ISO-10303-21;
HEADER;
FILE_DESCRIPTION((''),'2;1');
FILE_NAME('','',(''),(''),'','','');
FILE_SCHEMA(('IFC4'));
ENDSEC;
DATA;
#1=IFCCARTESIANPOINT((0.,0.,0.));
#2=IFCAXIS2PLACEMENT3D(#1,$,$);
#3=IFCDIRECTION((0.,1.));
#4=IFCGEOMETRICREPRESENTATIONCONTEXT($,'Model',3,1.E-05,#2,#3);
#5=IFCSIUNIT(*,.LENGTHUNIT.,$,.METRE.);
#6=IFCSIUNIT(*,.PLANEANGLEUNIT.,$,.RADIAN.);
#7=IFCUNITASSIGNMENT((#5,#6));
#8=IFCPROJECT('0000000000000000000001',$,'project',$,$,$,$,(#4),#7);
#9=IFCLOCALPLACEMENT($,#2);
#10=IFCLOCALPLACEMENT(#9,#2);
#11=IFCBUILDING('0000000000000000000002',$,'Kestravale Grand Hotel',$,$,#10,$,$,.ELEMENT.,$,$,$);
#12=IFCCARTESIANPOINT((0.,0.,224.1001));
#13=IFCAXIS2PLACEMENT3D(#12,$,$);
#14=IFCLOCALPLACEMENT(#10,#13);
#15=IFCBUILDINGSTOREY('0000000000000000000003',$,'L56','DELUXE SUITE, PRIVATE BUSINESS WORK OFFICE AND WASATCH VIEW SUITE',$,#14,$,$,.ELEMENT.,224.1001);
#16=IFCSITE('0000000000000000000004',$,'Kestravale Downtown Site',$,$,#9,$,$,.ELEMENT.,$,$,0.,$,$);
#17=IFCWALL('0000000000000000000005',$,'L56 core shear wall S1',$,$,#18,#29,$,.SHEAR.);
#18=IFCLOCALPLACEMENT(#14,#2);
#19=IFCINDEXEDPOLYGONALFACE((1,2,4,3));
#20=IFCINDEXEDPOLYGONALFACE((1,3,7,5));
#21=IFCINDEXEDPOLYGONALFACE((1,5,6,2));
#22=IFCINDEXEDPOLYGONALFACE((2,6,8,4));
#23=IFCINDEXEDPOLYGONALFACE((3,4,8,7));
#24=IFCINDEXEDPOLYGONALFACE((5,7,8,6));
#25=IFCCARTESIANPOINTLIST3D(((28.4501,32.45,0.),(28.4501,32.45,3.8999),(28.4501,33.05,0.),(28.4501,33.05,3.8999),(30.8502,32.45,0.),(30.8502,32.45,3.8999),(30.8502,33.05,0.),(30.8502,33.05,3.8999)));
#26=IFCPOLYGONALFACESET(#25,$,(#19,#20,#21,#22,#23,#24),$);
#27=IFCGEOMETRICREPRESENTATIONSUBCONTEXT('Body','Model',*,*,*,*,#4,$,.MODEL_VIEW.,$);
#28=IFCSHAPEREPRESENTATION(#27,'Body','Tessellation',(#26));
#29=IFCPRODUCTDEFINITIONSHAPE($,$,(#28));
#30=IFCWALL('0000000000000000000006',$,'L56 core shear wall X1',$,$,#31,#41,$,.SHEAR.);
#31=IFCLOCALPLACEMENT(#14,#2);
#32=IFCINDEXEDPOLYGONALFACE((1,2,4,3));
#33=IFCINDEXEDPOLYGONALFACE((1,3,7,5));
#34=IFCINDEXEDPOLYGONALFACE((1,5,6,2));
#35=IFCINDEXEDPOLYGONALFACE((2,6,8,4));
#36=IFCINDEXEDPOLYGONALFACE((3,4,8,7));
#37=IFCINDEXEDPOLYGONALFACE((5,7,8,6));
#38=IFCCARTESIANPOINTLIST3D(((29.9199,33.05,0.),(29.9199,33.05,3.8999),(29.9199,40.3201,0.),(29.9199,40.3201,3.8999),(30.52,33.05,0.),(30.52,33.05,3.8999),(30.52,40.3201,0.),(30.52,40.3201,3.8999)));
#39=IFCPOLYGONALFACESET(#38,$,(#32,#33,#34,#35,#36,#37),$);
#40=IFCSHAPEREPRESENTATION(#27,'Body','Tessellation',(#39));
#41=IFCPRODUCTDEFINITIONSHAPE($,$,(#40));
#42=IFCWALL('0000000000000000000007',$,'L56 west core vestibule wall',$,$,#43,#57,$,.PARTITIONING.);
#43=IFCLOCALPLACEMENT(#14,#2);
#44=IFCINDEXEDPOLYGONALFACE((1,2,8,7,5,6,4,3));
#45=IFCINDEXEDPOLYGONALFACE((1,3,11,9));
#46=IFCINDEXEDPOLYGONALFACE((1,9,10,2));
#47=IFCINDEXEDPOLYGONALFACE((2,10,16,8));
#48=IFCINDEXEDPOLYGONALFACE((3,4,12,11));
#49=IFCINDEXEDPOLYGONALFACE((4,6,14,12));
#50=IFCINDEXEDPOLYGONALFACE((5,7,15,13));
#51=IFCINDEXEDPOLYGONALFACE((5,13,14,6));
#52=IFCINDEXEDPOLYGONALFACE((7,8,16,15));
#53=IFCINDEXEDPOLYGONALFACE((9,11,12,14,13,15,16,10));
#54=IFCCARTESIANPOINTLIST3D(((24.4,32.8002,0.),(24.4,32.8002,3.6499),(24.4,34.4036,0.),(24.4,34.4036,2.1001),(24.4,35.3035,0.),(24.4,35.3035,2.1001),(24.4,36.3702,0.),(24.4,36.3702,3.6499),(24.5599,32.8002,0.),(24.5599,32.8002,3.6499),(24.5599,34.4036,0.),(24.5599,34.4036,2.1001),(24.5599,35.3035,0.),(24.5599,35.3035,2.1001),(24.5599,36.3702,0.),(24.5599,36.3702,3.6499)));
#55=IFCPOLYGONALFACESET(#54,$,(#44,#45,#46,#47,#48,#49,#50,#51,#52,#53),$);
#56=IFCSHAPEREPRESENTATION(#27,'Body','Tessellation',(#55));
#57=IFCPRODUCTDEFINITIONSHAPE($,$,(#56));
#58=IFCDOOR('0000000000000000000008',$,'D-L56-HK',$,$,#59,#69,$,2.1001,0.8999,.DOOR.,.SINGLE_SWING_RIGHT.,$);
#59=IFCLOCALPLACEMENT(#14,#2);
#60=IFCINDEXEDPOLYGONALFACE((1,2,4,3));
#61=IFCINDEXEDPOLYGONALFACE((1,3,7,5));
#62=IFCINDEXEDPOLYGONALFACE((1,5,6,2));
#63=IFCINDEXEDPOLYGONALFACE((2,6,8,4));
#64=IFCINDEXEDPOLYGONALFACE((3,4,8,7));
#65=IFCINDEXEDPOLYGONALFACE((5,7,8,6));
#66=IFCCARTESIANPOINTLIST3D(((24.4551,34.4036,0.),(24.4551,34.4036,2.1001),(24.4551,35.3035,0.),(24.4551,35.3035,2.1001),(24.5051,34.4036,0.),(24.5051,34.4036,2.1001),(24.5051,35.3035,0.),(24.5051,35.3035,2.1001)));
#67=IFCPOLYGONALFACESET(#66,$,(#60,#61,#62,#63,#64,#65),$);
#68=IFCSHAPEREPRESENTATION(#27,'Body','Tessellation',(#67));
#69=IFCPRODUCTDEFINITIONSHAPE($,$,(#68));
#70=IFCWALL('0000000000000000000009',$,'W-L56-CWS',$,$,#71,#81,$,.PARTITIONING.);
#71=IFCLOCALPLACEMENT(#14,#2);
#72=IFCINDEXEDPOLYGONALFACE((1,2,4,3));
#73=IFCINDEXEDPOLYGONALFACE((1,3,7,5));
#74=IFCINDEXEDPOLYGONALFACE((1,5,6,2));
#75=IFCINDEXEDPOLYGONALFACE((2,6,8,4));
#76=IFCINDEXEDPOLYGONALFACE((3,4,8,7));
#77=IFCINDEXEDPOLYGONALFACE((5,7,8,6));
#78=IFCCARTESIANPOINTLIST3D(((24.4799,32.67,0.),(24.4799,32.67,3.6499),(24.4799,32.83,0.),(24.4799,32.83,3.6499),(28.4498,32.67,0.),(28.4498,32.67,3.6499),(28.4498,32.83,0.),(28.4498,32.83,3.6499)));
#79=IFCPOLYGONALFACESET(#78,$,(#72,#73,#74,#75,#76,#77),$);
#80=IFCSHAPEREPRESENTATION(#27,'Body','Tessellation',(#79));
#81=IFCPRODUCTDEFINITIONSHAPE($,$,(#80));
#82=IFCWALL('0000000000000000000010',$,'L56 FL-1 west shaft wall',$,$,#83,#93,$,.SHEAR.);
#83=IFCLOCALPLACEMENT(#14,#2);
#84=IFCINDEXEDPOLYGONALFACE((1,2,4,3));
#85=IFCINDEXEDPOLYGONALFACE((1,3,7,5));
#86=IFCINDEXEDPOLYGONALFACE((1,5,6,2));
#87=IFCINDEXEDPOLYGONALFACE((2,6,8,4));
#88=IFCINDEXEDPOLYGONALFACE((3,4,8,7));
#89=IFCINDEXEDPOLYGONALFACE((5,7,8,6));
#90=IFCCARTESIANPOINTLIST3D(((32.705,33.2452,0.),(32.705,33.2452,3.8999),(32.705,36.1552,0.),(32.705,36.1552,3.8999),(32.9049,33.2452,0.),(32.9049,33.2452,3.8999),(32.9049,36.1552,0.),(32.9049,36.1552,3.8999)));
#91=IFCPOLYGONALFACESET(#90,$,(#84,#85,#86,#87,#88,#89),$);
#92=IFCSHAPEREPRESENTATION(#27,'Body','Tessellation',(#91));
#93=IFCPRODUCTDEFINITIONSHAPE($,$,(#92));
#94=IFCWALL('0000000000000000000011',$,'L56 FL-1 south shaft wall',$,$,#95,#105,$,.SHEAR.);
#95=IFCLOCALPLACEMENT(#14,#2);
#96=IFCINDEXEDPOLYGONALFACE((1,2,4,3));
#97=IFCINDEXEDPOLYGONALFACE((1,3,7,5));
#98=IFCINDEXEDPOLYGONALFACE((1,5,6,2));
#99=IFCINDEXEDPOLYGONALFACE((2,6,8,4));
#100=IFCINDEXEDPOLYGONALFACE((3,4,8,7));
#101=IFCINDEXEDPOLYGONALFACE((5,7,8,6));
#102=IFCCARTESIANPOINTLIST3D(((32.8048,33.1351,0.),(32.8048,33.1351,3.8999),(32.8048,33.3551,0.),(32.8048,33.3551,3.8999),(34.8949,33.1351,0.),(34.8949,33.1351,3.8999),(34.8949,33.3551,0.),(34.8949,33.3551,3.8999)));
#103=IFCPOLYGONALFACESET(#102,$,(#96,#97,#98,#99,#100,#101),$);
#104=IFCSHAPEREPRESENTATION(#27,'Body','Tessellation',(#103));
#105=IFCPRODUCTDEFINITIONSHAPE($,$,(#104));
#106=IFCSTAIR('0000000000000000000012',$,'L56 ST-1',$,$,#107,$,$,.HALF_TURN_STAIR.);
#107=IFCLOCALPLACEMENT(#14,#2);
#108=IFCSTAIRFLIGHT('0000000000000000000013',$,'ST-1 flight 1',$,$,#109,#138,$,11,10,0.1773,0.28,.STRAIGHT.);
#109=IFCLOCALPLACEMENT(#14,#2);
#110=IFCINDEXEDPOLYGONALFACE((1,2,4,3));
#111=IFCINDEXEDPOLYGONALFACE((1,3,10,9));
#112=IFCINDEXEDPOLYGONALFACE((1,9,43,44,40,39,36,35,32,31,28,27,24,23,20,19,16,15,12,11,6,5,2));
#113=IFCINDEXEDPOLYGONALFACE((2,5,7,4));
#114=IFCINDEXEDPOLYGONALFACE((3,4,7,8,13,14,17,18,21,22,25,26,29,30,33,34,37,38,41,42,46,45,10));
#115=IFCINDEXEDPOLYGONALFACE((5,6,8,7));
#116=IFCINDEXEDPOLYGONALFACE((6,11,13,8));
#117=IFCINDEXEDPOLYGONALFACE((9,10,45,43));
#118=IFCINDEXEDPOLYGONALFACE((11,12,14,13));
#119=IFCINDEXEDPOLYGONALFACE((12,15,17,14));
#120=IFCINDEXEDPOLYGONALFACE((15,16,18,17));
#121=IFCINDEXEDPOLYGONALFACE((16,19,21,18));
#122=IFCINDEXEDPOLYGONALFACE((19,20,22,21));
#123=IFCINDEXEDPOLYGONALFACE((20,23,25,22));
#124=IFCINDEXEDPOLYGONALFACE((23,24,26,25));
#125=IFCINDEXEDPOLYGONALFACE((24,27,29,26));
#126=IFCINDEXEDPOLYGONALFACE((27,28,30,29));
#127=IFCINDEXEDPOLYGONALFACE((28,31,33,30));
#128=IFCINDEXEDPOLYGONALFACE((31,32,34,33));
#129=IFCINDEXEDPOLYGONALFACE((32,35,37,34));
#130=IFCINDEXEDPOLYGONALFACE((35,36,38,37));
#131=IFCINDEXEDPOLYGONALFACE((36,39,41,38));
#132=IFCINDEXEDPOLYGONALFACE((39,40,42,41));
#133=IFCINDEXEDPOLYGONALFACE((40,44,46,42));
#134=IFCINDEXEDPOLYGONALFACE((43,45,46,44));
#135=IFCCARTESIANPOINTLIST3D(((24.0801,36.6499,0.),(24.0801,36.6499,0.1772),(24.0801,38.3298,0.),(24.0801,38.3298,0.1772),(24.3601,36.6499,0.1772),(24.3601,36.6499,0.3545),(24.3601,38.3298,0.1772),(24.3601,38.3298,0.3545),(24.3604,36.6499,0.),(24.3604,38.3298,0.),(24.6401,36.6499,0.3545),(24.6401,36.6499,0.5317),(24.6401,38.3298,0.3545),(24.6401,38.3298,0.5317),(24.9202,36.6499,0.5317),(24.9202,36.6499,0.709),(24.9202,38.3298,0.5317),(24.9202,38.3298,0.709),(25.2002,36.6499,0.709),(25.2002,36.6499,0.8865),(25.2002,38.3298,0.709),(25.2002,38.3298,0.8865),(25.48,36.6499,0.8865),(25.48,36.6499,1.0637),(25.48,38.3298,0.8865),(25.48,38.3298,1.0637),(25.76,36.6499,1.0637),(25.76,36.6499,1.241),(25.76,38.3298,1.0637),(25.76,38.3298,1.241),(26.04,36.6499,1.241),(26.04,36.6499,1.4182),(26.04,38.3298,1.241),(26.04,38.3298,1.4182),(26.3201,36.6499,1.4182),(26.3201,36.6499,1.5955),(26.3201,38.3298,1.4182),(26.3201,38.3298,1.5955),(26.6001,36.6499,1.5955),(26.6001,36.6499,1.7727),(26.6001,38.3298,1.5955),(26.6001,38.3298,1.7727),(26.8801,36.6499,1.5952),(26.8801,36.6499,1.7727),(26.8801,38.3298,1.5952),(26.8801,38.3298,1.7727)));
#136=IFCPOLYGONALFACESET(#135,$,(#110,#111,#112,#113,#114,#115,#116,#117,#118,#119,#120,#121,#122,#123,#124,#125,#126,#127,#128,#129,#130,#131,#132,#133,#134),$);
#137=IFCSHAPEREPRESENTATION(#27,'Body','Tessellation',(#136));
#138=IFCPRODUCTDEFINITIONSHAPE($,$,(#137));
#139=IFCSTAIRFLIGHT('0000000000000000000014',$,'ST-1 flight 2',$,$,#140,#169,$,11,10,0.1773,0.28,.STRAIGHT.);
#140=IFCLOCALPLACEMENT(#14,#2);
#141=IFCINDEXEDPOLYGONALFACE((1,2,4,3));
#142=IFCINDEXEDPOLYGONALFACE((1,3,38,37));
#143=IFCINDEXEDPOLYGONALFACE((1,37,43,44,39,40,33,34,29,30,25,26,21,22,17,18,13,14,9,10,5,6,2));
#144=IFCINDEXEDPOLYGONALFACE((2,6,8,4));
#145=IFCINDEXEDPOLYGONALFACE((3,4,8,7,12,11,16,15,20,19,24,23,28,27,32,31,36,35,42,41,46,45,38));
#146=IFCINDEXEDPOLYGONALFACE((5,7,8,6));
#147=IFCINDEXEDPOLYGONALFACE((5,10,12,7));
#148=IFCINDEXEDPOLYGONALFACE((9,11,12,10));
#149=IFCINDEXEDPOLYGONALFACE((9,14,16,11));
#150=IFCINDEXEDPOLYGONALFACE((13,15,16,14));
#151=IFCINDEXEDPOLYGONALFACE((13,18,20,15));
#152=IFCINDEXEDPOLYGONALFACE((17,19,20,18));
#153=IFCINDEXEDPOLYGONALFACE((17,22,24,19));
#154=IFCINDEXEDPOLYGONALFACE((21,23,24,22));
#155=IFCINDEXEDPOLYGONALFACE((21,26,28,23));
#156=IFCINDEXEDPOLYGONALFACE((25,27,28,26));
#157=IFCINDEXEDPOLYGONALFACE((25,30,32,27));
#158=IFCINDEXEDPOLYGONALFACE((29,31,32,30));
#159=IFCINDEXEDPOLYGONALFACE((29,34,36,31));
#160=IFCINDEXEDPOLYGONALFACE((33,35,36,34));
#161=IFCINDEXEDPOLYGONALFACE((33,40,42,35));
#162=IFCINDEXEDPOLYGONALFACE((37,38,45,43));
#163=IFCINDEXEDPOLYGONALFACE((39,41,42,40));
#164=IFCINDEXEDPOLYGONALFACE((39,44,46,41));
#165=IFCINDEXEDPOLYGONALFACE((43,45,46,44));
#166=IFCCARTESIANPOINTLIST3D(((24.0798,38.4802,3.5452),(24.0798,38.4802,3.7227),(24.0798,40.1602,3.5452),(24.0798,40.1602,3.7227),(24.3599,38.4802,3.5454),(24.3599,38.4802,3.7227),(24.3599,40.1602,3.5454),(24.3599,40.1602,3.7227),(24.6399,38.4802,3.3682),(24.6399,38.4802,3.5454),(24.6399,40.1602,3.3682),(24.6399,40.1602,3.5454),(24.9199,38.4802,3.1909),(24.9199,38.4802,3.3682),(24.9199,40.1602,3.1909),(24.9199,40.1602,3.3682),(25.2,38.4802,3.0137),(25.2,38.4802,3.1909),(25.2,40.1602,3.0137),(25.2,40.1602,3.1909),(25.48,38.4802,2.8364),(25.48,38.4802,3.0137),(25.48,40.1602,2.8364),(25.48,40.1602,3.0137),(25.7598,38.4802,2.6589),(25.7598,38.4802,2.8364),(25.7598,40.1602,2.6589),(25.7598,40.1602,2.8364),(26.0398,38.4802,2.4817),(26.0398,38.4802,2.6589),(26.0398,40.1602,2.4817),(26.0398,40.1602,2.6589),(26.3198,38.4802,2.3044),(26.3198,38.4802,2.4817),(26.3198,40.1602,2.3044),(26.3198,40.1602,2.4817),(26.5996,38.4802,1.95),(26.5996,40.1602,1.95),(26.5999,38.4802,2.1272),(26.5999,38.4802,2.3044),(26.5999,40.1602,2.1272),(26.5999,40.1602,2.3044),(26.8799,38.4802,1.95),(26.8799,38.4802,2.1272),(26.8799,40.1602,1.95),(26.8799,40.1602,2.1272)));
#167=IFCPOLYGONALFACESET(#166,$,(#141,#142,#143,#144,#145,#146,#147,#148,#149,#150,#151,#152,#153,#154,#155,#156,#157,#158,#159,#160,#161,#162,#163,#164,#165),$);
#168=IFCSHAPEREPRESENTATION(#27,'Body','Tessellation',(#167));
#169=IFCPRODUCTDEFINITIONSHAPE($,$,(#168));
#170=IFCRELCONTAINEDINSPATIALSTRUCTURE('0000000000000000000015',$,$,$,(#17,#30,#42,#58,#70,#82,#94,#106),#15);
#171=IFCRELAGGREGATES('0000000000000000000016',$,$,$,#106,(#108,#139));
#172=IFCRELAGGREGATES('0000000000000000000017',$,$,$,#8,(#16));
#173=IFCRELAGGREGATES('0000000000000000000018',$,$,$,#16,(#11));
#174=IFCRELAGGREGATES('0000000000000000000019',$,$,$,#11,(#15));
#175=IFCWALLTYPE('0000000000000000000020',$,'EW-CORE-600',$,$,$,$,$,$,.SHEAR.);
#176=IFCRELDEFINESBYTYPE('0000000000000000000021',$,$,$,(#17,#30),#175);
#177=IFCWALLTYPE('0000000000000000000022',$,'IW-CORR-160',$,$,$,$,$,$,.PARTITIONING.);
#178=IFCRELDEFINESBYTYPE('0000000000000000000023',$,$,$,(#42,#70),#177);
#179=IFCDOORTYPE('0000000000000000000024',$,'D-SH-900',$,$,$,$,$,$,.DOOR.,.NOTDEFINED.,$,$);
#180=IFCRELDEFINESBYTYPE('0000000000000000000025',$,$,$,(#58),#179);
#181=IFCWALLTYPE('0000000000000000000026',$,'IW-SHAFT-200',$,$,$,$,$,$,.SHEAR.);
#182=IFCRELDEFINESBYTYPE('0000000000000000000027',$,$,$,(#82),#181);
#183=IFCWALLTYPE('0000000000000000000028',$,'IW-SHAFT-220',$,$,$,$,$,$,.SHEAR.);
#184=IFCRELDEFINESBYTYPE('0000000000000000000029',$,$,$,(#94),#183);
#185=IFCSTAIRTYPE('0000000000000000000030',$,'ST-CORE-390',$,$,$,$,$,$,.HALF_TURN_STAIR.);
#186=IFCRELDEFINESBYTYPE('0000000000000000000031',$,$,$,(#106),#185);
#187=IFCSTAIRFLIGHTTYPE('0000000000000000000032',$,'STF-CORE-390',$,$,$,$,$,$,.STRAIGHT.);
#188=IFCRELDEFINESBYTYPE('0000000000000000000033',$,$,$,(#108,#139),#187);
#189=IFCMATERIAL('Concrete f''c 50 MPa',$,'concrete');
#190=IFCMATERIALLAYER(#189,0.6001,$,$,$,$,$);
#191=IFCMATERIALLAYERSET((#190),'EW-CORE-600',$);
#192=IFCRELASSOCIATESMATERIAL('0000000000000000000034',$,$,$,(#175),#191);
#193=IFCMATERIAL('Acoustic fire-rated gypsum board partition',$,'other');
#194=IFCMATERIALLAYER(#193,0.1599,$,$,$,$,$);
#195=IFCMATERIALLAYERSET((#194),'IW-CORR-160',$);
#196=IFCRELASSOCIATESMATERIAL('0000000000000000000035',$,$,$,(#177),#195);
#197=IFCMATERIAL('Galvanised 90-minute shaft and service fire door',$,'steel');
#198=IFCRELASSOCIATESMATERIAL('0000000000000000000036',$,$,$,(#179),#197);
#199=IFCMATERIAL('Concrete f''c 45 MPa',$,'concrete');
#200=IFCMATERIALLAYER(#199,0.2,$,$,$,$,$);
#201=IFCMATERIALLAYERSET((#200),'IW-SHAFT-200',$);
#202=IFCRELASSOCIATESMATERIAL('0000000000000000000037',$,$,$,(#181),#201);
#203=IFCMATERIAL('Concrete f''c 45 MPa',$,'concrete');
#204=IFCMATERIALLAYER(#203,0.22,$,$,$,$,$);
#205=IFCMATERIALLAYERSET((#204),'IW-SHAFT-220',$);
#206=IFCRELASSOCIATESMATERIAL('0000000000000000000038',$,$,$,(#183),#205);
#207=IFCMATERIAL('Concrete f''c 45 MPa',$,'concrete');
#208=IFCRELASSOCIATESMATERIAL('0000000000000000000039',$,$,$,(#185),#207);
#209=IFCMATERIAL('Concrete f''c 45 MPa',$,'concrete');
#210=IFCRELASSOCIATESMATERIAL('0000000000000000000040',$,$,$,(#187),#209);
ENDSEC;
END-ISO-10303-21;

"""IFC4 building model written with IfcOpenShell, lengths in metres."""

from ifc_helpers import new_model, si_unit, direction, frame, frame_2d, origin, place, context, subcontext, project, spatial, polyline, rectangle, outline, extrude, material, layer, layer_set, type_object, element, fill, aggregate, save


model = new_model("IFC4")

# Units and contexts
model_context = context("Model", 3, precision=1e-05, world=origin(), true_north=direction((0.0, 1.0)))
body_context = subcontext(model_context, "Body", "Model", "MODEL_VIEW")
ifc_project = project(units=[si_unit("LENGTHUNIT", "METRE"), si_unit("PLANEANGLEUNIT", "RADIAN")], contexts=[model_context])

# Site, building, storey
site_placement = place(None, origin())
site = spatial("IfcSite", under=ifc_project, at=site_placement, Name="Kestravale Downtown Site", CompositionType="ELEMENT", RefElevation=0.0)
building_placement = place(site_placement, origin())
building = spatial("IfcBuilding", under=site, at=building_placement, Name="Kestravale Grand Hotel", CompositionType="ELEMENT")
storey_placement = place(building_placement, frame((0.0, 0.0, 224.1001)))
storey = spatial("IfcBuildingStorey", under=building, at=storey_placement, Name="L56", Description="DELUXE SUITE, PRIVATE BUSINESS WORK OFFICE AND WASATCH VIEW SUITE", CompositionType="ELEMENT", Elevation=224.1001)

# Walls
ifc_material_1 = material(Name="Concrete f'c 50 MPa", Category="concrete")
ifc_layer_1 = layer(ifc_material_1, 0.6001)
ifc_layer_set_1 = layer_set([ifc_layer_1], Name="EW-CORE-600")
wall_type_1 = type_object("IfcWallType", Name="EW-CORE-600", PredefinedType="SHEAR", material=ifc_layer_set_1)
wall_1_placement = place(storey_placement, frame((28.45, 32.75, 0.0), z_axis=(0.0, 0.0, 1.0), x_axis=(1.0, 0.0, 0.0)))
element("IfcWall", 1, at=wall_1_placement, inside=storey, type_object=wall_type_1, Name="L56 core shear wall S1", PredefinedType="SHEAR", context=body_context, shape_type="SweptSolid", body=[
    extrude(rectangle(XDim=2.4001, YDim=0.6001, at=frame_2d((1.2002, 0.0))), origin(), (0.0, 0.0, 1.0), 3.8999),
])
wall_2_placement = place(storey_placement, frame((30.22, 33.05, 0.0), z_axis=(0.0, 0.0, 1.0), x_axis=(0.0, 1.0, 0.0)))
element("IfcWall", 2, at=wall_2_placement, inside=storey, type_object=wall_type_1, Name="L56 core shear wall X1", PredefinedType="SHEAR", context=body_context, shape_type="SweptSolid", body=[
    extrude(rectangle(XDim=7.27, YDim=0.6001, at=frame_2d((3.635, 0.0))), origin(), (0.0, 0.0, 1.0), 3.8999),
])

# Wall, opening, door
ifc_material_2 = material(Name="Acoustic fire-rated gypsum board partition", Category="other")
ifc_layer_2 = layer(ifc_material_2, 0.1599)
ifc_layer_set_2 = layer_set([ifc_layer_2], Name="IW-CORR-160")
wall_type_2 = type_object("IfcWallType", Name="IW-CORR-160", PredefinedType="PARTITIONING", material=ifc_layer_set_2)
wall_3_placement = place(storey_placement, frame((24.48, 32.8, 0.0), z_axis=(0.0, 0.0, 1.0), x_axis=(0.0, 1.0, 0.0)))
wall_3 = element("IfcWall", 3, at=wall_3_placement, inside=storey, type_object=wall_type_2, Name="L56 west core vestibule wall", PredefinedType="PARTITIONING", context=body_context, shape_type="SweptSolid", body=[
    extrude(rectangle(XDim=3.5701, YDim=0.1599, at=frame_2d((1.7852, 0.0))), origin(), (0.0, 0.0, 1.0), 3.6499),
])
opening_1_placement = place(wall_3_placement, frame((1.6035, 0.0, 0.0)))
opening_1 = element("IfcOpeningElement", 4, at=opening_1_placement, cuts=wall_3, PredefinedType="OPENING", context=body_context, shape_type="SweptSolid", body=[
    extrude(rectangle(XDim=0.8999, YDim=2.1001, at=frame_2d((0.45, 1.05))), frame((0.0, 0.0898, 0.0), z_axis=(0.0, -1.0, 0.0), x_axis=(1.0, 0.0, 0.0)), (0.0, 0.0, 1.0), 0.1799),
])
ifc_material_3 = material(Name="Galvanised 90-minute shaft and service fire door", Category="steel")
door_type_1 = type_object("IfcDoorType", Name="D-SH-900", OperationType="NOTDEFINED", PredefinedType="DOOR", material=ifc_material_3)
door_1_placement = place(opening_1_placement, origin())
door_1 = element("IfcDoor", 5, at=door_1_placement, inside=storey, type_object=door_type_1, Name="D-L56-HK", OperationType="SINGLE_SWING_RIGHT", OverallHeight=2.1001, OverallWidth=0.8999, PredefinedType="DOOR", context=body_context, shape_type="SweptSolid", body=[
    extrude(rectangle(XDim=0.8999, YDim=2.1001, at=frame_2d((0.45, 1.05))), frame((0.0, 0.0249, 0.0), z_axis=(0.0, -1.0, 0.0), x_axis=(1.0, 0.0, 0.0)), (0.0, 0.0, 1.0), 0.05),
])
fill(opening_1, door_1)

# Wall
wall_4_placement = place(storey_placement, frame((24.48, 32.75, 0.0), z_axis=(0.0, 0.0, 1.0), x_axis=(1.0, 0.0, 0.0)))
element("IfcWall", 6, at=wall_4_placement, inside=storey, type_object=wall_type_2, Name="W-L56-CWS", PredefinedType="PARTITIONING", context=body_context, shape_type="SweptSolid", body=[
    extrude(rectangle(XDim=3.97, YDim=0.1599, at=frame_2d((1.9849, 0.0))), origin(), (0.0, 0.0, 1.0), 3.6499),
])

# Walls
ifc_material_4 = material(Name="Concrete f'c 45 MPa", Category="concrete")
ifc_layer_3 = layer(ifc_material_4, 0.2)
ifc_layer_set_3 = layer_set([ifc_layer_3], Name="IW-SHAFT-200")
wall_type_3 = type_object("IfcWallType", Name="IW-SHAFT-200", PredefinedType="SHEAR", material=ifc_layer_set_3)
wall_5_placement = place(storey_placement, frame((32.8049, 33.2451, 0.0), z_axis=(0.0, 0.0, 1.0), x_axis=(0.0, 1.0, 0.0)))
element("IfcWall", 7, at=wall_5_placement, inside=storey, type_object=wall_type_3, Name="L56 FL-1 west shaft wall", PredefinedType="SHEAR", context=body_context, shape_type="SweptSolid", body=[
    extrude(rectangle(XDim=2.9099, YDim=0.2, at=frame_2d((1.4551, 0.0))), origin(), (0.0, 0.0, 1.0), 3.8999),
])
ifc_material_5 = material(Name="Concrete f'c 45 MPa", Category="concrete")
ifc_layer_4 = layer(ifc_material_5, 0.22)
ifc_layer_set_4 = layer_set([ifc_layer_4], Name="IW-SHAFT-220")
wall_type_4 = type_object("IfcWallType", Name="IW-SHAFT-220", PredefinedType="SHEAR", material=ifc_layer_set_4)
wall_6_placement = place(storey_placement, frame((32.8049, 33.2451, 0.0), z_axis=(0.0, 0.0, 1.0), x_axis=(1.0, 0.0, 0.0)))
element("IfcWall", 8, at=wall_6_placement, inside=storey, type_object=wall_type_4, Name="L56 FL-1 south shaft wall", PredefinedType="SHEAR", context=body_context, shape_type="SweptSolid", body=[
    extrude(rectangle(XDim=2.0901, YDim=0.22, at=frame_2d((1.0449, 0.0))), origin(), (0.0, 0.0, 1.0), 3.8999),
])

# Stair, stair flights
ifc_material_6 = material(Name="Concrete f'c 45 MPa", Category="concrete")
stair_type = type_object("IfcStairType", Name="ST-CORE-390", PredefinedType="HALF_TURN_STAIR", material=ifc_material_6)
stair_placement = place(storey_placement, origin())
stair = element("IfcStair", 9, at=stair_placement, inside=storey, type_object=stair_type, Name="L56 ST-1", PredefinedType="HALF_TURN_STAIR")
ifc_material_7 = material(Name="Concrete f'c 45 MPa", Category="concrete")
stair_flight_type = type_object("IfcStairFlightType", Name="STF-CORE-390", PredefinedType="STRAIGHT", material=ifc_material_7)
stair_flight_1_placement = place(storey_placement, frame((24.0801, 37.49, 0.0), z_axis=(0.0, 0.0, 1.0), x_axis=(1.0, 0.0, 0.0)))
stair_flight_1 = element("IfcStairFlight", 10, at=stair_flight_1_placement, type_object=stair_flight_type, Name="ST-1 flight 1", NumberOfRisers=11, NumberOfTreads=10, PredefinedType="STRAIGHT", RiserHeight=0.1773, TreadLength=0.28, context=body_context, shape_type="SweptSolid", body=[
    extrude(outline(polyline([(0.0, 0.0), (0.0, 0.1772), (0.28, 0.1772), (0.28, 0.3545), (0.5601, 0.3545), (0.5601, 0.5317), (0.8401, 0.5317), (0.8401, 0.709), (1.1201, 0.709), (1.1201, 0.8865), (1.3999, 0.8865), (1.3999, 1.0637), (1.6799, 1.0637), (1.6799, 1.241), (1.96, 1.241), (1.96, 1.4182), (2.24, 1.4182), (2.24, 1.5955), (2.52, 1.5955), (2.52, 1.7727), (2.8, 1.7727), (2.8, 1.95), (2.8, 1.5952), (0.2803, 0.0), (0.0, 0.0)])), frame((0.0, 0.8398, 0.0), z_axis=(0.0, -1.0, 0.0), x_axis=(1.0, 0.0, 0.0)), (0.0, 0.0, 1.0), 1.6799),
])
stair_flight_2_placement = place(storey_placement, frame((26.8799, 39.3201, 1.95), z_axis=(0.0, 0.0, 1.0), x_axis=(-1.0, 0.0, 0.0)))
stair_flight_2 = element("IfcStairFlight", 11, at=stair_flight_2_placement, type_object=stair_flight_type, Name="ST-1 flight 2", NumberOfRisers=11, NumberOfTreads=10, PredefinedType="STRAIGHT", RiserHeight=0.1773, TreadLength=0.28, context=body_context, shape_type="SweptSolid", body=[
    extrude(outline(polyline([(0.0, 0.0), (0.0, 0.1772), (0.28, 0.1772), (0.28, 0.3545), (0.5601, 0.3545), (0.5601, 0.5317), (0.8401, 0.5317), (0.8401, 0.709), (1.1201, 0.709), (1.1201, 0.8865), (1.3999, 0.8865), (1.3999, 1.0637), (1.6799, 1.0637), (1.6799, 1.241), (1.96, 1.241), (1.96, 1.4182), (2.24, 1.4182), (2.24, 1.5955), (2.52, 1.5955), (2.52, 1.7727), (2.8, 1.7727), (2.8, 1.95), (2.8, 1.5952), (0.2803, 0.0), (0.0, 0.0)])), frame((0.0, 0.8398, 0.0), z_axis=(0.0, -1.0, 0.0), x_axis=(1.0, 0.0, 0.0)), (0.0, 0.0, 1.0), 1.6799),
])
aggregate(stair, [stair_flight_1, stair_flight_2])

save(model, "model.ifc")
